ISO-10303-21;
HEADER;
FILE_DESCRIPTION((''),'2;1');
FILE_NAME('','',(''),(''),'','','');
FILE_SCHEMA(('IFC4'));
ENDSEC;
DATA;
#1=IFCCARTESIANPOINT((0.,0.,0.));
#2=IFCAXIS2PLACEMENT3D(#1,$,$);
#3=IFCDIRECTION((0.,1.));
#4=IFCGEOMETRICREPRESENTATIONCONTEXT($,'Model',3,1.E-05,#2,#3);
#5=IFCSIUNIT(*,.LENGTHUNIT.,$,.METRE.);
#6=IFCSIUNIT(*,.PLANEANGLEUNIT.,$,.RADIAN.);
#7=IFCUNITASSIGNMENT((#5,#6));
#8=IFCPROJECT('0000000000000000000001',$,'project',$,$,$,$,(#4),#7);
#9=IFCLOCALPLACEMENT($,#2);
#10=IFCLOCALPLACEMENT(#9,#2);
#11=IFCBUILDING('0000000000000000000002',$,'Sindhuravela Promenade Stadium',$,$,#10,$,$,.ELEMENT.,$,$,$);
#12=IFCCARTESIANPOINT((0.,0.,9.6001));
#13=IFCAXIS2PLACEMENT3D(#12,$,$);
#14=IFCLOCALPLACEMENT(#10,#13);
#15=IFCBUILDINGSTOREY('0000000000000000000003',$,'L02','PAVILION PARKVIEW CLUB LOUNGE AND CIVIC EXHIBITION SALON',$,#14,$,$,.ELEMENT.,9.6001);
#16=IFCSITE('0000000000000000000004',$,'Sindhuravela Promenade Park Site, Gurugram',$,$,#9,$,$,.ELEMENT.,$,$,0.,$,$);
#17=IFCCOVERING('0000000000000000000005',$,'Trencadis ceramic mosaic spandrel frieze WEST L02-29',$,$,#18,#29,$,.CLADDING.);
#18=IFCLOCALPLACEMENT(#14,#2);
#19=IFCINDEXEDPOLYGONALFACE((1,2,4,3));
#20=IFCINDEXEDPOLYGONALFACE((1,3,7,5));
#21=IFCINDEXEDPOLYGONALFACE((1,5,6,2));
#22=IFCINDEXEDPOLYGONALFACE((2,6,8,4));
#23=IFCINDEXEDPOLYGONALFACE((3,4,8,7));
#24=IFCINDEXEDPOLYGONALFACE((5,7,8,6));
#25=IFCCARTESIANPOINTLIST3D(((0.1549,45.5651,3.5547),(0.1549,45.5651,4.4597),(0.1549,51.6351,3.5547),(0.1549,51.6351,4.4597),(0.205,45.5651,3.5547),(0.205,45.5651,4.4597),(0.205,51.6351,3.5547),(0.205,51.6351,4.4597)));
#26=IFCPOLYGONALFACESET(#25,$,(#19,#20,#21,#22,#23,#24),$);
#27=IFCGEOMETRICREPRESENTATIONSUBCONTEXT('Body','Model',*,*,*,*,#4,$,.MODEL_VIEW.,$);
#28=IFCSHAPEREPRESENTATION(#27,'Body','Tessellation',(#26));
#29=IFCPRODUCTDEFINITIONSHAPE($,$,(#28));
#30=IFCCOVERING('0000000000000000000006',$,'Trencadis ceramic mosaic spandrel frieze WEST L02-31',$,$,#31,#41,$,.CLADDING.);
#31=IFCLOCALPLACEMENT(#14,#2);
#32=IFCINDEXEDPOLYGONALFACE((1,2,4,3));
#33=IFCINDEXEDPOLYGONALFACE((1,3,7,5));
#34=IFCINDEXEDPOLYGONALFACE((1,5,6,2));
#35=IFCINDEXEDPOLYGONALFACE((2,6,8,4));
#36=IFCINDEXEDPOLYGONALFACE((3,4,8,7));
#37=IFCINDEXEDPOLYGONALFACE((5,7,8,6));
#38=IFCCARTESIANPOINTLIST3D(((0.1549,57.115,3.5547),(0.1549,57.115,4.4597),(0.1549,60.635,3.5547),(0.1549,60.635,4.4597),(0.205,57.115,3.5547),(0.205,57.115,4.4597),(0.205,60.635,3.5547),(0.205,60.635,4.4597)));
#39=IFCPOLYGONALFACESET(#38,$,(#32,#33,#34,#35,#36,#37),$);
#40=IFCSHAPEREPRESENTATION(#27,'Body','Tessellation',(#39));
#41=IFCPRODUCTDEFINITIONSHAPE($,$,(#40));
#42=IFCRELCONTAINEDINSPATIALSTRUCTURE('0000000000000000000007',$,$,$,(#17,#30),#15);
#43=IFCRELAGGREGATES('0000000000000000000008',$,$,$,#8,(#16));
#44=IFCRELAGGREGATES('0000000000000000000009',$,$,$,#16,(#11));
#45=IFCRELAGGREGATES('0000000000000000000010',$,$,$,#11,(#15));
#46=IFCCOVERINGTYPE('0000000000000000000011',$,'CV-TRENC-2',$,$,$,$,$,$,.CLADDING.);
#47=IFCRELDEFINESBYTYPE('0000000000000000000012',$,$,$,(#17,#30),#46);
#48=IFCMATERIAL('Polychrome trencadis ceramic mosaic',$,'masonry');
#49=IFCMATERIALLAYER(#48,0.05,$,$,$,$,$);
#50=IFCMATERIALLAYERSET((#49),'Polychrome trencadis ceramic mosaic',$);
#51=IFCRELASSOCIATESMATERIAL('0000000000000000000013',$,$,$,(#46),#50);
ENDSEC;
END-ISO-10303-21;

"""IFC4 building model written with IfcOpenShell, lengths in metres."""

from ifc_helpers import new_model, si_unit, direction, frame, origin, origin_2d, place, context, subcontext, project, spatial, rectangle, extrude, material, layer, layer_set, type_object, element, save


model = new_model("IFC4")

# Units and contexts
model_context = context("Model", 3, precision=1e-05, world=origin(), true_north=direction((0.0, 1.0)))
body_context = subcontext(model_context, "Body", "Model", "MODEL_VIEW")
ifc_project = project(units=[si_unit("LENGTHUNIT", "METRE"), si_unit("PLANEANGLEUNIT", "RADIAN")], contexts=[model_context])

# Site, building, storey
site_placement = place(None, origin())
site = spatial("IfcSite", under=ifc_project, at=site_placement, Name="Sindhuravela Promenade Park Site, Gurugram", CompositionType="ELEMENT", RefElevation=0.0)
building_placement = place(site_placement, origin())
building = spatial("IfcBuilding", under=site, at=building_placement, Name="Sindhuravela Promenade Stadium", CompositionType="ELEMENT")
storey_placement = place(building_placement, frame((0.0, 0.0, 9.6001)))
storey = spatial("IfcBuildingStorey", under=building, at=storey_placement, Name="L02", Description="PAVILION PARKVIEW CLUB LOUNGE AND CIVIC EXHIBITION SALON", CompositionType="ELEMENT", Elevation=9.6001)

# Coverings
ifc_material_1 = material(Name="Polychrome trencadis ceramic mosaic", Category="masonry")
ifc_layer_1 = layer(ifc_material_1, 0.05)
ifc_layer_set_1 = layer_set([ifc_layer_1], Name="Polychrome trencadis ceramic mosaic")
covering_type_1 = type_object("IfcCoveringType", Name="CV-TRENC-2", PredefinedType="CLADDING", material=ifc_layer_set_1)
covering_1_placement = place(storey_placement, frame((0.1799, 48.6001, 3.5547), z_axis=(0.0, 0.0, 1.0), x_axis=(0.0, 1.0, 0.0)))
element("IfcCovering", 1, at=covering_1_placement, inside=storey, type_object=covering_type_1, Name="Trencadis ceramic mosaic spandrel frieze WEST L02-29", PredefinedType="CLADDING", context=body_context, shape_type="SweptSolid", body=[
    extrude(rectangle(XDim=6.0701, YDim=0.05, at=origin_2d()), origin(), (0.0, 0.0, 1.0), 0.905),
])
covering_2_placement = place(storey_placement, frame((0.1799, 58.875, 3.5547), z_axis=(0.0, 0.0, 1.0), x_axis=(0.0, 1.0, 0.0)))
element("IfcCovering", 2, at=covering_2_placement, inside=storey, type_object=covering_type_1, Name="Trencadis ceramic mosaic spandrel frieze WEST L02-31", PredefinedType="CLADDING", context=body_context, shape_type="SweptSolid", body=[
    extrude(rectangle(XDim=3.52, YDim=0.05, at=origin_2d()), origin(), (0.0, 0.0, 1.0), 0.905),
])

save(model, "model.ifc")
